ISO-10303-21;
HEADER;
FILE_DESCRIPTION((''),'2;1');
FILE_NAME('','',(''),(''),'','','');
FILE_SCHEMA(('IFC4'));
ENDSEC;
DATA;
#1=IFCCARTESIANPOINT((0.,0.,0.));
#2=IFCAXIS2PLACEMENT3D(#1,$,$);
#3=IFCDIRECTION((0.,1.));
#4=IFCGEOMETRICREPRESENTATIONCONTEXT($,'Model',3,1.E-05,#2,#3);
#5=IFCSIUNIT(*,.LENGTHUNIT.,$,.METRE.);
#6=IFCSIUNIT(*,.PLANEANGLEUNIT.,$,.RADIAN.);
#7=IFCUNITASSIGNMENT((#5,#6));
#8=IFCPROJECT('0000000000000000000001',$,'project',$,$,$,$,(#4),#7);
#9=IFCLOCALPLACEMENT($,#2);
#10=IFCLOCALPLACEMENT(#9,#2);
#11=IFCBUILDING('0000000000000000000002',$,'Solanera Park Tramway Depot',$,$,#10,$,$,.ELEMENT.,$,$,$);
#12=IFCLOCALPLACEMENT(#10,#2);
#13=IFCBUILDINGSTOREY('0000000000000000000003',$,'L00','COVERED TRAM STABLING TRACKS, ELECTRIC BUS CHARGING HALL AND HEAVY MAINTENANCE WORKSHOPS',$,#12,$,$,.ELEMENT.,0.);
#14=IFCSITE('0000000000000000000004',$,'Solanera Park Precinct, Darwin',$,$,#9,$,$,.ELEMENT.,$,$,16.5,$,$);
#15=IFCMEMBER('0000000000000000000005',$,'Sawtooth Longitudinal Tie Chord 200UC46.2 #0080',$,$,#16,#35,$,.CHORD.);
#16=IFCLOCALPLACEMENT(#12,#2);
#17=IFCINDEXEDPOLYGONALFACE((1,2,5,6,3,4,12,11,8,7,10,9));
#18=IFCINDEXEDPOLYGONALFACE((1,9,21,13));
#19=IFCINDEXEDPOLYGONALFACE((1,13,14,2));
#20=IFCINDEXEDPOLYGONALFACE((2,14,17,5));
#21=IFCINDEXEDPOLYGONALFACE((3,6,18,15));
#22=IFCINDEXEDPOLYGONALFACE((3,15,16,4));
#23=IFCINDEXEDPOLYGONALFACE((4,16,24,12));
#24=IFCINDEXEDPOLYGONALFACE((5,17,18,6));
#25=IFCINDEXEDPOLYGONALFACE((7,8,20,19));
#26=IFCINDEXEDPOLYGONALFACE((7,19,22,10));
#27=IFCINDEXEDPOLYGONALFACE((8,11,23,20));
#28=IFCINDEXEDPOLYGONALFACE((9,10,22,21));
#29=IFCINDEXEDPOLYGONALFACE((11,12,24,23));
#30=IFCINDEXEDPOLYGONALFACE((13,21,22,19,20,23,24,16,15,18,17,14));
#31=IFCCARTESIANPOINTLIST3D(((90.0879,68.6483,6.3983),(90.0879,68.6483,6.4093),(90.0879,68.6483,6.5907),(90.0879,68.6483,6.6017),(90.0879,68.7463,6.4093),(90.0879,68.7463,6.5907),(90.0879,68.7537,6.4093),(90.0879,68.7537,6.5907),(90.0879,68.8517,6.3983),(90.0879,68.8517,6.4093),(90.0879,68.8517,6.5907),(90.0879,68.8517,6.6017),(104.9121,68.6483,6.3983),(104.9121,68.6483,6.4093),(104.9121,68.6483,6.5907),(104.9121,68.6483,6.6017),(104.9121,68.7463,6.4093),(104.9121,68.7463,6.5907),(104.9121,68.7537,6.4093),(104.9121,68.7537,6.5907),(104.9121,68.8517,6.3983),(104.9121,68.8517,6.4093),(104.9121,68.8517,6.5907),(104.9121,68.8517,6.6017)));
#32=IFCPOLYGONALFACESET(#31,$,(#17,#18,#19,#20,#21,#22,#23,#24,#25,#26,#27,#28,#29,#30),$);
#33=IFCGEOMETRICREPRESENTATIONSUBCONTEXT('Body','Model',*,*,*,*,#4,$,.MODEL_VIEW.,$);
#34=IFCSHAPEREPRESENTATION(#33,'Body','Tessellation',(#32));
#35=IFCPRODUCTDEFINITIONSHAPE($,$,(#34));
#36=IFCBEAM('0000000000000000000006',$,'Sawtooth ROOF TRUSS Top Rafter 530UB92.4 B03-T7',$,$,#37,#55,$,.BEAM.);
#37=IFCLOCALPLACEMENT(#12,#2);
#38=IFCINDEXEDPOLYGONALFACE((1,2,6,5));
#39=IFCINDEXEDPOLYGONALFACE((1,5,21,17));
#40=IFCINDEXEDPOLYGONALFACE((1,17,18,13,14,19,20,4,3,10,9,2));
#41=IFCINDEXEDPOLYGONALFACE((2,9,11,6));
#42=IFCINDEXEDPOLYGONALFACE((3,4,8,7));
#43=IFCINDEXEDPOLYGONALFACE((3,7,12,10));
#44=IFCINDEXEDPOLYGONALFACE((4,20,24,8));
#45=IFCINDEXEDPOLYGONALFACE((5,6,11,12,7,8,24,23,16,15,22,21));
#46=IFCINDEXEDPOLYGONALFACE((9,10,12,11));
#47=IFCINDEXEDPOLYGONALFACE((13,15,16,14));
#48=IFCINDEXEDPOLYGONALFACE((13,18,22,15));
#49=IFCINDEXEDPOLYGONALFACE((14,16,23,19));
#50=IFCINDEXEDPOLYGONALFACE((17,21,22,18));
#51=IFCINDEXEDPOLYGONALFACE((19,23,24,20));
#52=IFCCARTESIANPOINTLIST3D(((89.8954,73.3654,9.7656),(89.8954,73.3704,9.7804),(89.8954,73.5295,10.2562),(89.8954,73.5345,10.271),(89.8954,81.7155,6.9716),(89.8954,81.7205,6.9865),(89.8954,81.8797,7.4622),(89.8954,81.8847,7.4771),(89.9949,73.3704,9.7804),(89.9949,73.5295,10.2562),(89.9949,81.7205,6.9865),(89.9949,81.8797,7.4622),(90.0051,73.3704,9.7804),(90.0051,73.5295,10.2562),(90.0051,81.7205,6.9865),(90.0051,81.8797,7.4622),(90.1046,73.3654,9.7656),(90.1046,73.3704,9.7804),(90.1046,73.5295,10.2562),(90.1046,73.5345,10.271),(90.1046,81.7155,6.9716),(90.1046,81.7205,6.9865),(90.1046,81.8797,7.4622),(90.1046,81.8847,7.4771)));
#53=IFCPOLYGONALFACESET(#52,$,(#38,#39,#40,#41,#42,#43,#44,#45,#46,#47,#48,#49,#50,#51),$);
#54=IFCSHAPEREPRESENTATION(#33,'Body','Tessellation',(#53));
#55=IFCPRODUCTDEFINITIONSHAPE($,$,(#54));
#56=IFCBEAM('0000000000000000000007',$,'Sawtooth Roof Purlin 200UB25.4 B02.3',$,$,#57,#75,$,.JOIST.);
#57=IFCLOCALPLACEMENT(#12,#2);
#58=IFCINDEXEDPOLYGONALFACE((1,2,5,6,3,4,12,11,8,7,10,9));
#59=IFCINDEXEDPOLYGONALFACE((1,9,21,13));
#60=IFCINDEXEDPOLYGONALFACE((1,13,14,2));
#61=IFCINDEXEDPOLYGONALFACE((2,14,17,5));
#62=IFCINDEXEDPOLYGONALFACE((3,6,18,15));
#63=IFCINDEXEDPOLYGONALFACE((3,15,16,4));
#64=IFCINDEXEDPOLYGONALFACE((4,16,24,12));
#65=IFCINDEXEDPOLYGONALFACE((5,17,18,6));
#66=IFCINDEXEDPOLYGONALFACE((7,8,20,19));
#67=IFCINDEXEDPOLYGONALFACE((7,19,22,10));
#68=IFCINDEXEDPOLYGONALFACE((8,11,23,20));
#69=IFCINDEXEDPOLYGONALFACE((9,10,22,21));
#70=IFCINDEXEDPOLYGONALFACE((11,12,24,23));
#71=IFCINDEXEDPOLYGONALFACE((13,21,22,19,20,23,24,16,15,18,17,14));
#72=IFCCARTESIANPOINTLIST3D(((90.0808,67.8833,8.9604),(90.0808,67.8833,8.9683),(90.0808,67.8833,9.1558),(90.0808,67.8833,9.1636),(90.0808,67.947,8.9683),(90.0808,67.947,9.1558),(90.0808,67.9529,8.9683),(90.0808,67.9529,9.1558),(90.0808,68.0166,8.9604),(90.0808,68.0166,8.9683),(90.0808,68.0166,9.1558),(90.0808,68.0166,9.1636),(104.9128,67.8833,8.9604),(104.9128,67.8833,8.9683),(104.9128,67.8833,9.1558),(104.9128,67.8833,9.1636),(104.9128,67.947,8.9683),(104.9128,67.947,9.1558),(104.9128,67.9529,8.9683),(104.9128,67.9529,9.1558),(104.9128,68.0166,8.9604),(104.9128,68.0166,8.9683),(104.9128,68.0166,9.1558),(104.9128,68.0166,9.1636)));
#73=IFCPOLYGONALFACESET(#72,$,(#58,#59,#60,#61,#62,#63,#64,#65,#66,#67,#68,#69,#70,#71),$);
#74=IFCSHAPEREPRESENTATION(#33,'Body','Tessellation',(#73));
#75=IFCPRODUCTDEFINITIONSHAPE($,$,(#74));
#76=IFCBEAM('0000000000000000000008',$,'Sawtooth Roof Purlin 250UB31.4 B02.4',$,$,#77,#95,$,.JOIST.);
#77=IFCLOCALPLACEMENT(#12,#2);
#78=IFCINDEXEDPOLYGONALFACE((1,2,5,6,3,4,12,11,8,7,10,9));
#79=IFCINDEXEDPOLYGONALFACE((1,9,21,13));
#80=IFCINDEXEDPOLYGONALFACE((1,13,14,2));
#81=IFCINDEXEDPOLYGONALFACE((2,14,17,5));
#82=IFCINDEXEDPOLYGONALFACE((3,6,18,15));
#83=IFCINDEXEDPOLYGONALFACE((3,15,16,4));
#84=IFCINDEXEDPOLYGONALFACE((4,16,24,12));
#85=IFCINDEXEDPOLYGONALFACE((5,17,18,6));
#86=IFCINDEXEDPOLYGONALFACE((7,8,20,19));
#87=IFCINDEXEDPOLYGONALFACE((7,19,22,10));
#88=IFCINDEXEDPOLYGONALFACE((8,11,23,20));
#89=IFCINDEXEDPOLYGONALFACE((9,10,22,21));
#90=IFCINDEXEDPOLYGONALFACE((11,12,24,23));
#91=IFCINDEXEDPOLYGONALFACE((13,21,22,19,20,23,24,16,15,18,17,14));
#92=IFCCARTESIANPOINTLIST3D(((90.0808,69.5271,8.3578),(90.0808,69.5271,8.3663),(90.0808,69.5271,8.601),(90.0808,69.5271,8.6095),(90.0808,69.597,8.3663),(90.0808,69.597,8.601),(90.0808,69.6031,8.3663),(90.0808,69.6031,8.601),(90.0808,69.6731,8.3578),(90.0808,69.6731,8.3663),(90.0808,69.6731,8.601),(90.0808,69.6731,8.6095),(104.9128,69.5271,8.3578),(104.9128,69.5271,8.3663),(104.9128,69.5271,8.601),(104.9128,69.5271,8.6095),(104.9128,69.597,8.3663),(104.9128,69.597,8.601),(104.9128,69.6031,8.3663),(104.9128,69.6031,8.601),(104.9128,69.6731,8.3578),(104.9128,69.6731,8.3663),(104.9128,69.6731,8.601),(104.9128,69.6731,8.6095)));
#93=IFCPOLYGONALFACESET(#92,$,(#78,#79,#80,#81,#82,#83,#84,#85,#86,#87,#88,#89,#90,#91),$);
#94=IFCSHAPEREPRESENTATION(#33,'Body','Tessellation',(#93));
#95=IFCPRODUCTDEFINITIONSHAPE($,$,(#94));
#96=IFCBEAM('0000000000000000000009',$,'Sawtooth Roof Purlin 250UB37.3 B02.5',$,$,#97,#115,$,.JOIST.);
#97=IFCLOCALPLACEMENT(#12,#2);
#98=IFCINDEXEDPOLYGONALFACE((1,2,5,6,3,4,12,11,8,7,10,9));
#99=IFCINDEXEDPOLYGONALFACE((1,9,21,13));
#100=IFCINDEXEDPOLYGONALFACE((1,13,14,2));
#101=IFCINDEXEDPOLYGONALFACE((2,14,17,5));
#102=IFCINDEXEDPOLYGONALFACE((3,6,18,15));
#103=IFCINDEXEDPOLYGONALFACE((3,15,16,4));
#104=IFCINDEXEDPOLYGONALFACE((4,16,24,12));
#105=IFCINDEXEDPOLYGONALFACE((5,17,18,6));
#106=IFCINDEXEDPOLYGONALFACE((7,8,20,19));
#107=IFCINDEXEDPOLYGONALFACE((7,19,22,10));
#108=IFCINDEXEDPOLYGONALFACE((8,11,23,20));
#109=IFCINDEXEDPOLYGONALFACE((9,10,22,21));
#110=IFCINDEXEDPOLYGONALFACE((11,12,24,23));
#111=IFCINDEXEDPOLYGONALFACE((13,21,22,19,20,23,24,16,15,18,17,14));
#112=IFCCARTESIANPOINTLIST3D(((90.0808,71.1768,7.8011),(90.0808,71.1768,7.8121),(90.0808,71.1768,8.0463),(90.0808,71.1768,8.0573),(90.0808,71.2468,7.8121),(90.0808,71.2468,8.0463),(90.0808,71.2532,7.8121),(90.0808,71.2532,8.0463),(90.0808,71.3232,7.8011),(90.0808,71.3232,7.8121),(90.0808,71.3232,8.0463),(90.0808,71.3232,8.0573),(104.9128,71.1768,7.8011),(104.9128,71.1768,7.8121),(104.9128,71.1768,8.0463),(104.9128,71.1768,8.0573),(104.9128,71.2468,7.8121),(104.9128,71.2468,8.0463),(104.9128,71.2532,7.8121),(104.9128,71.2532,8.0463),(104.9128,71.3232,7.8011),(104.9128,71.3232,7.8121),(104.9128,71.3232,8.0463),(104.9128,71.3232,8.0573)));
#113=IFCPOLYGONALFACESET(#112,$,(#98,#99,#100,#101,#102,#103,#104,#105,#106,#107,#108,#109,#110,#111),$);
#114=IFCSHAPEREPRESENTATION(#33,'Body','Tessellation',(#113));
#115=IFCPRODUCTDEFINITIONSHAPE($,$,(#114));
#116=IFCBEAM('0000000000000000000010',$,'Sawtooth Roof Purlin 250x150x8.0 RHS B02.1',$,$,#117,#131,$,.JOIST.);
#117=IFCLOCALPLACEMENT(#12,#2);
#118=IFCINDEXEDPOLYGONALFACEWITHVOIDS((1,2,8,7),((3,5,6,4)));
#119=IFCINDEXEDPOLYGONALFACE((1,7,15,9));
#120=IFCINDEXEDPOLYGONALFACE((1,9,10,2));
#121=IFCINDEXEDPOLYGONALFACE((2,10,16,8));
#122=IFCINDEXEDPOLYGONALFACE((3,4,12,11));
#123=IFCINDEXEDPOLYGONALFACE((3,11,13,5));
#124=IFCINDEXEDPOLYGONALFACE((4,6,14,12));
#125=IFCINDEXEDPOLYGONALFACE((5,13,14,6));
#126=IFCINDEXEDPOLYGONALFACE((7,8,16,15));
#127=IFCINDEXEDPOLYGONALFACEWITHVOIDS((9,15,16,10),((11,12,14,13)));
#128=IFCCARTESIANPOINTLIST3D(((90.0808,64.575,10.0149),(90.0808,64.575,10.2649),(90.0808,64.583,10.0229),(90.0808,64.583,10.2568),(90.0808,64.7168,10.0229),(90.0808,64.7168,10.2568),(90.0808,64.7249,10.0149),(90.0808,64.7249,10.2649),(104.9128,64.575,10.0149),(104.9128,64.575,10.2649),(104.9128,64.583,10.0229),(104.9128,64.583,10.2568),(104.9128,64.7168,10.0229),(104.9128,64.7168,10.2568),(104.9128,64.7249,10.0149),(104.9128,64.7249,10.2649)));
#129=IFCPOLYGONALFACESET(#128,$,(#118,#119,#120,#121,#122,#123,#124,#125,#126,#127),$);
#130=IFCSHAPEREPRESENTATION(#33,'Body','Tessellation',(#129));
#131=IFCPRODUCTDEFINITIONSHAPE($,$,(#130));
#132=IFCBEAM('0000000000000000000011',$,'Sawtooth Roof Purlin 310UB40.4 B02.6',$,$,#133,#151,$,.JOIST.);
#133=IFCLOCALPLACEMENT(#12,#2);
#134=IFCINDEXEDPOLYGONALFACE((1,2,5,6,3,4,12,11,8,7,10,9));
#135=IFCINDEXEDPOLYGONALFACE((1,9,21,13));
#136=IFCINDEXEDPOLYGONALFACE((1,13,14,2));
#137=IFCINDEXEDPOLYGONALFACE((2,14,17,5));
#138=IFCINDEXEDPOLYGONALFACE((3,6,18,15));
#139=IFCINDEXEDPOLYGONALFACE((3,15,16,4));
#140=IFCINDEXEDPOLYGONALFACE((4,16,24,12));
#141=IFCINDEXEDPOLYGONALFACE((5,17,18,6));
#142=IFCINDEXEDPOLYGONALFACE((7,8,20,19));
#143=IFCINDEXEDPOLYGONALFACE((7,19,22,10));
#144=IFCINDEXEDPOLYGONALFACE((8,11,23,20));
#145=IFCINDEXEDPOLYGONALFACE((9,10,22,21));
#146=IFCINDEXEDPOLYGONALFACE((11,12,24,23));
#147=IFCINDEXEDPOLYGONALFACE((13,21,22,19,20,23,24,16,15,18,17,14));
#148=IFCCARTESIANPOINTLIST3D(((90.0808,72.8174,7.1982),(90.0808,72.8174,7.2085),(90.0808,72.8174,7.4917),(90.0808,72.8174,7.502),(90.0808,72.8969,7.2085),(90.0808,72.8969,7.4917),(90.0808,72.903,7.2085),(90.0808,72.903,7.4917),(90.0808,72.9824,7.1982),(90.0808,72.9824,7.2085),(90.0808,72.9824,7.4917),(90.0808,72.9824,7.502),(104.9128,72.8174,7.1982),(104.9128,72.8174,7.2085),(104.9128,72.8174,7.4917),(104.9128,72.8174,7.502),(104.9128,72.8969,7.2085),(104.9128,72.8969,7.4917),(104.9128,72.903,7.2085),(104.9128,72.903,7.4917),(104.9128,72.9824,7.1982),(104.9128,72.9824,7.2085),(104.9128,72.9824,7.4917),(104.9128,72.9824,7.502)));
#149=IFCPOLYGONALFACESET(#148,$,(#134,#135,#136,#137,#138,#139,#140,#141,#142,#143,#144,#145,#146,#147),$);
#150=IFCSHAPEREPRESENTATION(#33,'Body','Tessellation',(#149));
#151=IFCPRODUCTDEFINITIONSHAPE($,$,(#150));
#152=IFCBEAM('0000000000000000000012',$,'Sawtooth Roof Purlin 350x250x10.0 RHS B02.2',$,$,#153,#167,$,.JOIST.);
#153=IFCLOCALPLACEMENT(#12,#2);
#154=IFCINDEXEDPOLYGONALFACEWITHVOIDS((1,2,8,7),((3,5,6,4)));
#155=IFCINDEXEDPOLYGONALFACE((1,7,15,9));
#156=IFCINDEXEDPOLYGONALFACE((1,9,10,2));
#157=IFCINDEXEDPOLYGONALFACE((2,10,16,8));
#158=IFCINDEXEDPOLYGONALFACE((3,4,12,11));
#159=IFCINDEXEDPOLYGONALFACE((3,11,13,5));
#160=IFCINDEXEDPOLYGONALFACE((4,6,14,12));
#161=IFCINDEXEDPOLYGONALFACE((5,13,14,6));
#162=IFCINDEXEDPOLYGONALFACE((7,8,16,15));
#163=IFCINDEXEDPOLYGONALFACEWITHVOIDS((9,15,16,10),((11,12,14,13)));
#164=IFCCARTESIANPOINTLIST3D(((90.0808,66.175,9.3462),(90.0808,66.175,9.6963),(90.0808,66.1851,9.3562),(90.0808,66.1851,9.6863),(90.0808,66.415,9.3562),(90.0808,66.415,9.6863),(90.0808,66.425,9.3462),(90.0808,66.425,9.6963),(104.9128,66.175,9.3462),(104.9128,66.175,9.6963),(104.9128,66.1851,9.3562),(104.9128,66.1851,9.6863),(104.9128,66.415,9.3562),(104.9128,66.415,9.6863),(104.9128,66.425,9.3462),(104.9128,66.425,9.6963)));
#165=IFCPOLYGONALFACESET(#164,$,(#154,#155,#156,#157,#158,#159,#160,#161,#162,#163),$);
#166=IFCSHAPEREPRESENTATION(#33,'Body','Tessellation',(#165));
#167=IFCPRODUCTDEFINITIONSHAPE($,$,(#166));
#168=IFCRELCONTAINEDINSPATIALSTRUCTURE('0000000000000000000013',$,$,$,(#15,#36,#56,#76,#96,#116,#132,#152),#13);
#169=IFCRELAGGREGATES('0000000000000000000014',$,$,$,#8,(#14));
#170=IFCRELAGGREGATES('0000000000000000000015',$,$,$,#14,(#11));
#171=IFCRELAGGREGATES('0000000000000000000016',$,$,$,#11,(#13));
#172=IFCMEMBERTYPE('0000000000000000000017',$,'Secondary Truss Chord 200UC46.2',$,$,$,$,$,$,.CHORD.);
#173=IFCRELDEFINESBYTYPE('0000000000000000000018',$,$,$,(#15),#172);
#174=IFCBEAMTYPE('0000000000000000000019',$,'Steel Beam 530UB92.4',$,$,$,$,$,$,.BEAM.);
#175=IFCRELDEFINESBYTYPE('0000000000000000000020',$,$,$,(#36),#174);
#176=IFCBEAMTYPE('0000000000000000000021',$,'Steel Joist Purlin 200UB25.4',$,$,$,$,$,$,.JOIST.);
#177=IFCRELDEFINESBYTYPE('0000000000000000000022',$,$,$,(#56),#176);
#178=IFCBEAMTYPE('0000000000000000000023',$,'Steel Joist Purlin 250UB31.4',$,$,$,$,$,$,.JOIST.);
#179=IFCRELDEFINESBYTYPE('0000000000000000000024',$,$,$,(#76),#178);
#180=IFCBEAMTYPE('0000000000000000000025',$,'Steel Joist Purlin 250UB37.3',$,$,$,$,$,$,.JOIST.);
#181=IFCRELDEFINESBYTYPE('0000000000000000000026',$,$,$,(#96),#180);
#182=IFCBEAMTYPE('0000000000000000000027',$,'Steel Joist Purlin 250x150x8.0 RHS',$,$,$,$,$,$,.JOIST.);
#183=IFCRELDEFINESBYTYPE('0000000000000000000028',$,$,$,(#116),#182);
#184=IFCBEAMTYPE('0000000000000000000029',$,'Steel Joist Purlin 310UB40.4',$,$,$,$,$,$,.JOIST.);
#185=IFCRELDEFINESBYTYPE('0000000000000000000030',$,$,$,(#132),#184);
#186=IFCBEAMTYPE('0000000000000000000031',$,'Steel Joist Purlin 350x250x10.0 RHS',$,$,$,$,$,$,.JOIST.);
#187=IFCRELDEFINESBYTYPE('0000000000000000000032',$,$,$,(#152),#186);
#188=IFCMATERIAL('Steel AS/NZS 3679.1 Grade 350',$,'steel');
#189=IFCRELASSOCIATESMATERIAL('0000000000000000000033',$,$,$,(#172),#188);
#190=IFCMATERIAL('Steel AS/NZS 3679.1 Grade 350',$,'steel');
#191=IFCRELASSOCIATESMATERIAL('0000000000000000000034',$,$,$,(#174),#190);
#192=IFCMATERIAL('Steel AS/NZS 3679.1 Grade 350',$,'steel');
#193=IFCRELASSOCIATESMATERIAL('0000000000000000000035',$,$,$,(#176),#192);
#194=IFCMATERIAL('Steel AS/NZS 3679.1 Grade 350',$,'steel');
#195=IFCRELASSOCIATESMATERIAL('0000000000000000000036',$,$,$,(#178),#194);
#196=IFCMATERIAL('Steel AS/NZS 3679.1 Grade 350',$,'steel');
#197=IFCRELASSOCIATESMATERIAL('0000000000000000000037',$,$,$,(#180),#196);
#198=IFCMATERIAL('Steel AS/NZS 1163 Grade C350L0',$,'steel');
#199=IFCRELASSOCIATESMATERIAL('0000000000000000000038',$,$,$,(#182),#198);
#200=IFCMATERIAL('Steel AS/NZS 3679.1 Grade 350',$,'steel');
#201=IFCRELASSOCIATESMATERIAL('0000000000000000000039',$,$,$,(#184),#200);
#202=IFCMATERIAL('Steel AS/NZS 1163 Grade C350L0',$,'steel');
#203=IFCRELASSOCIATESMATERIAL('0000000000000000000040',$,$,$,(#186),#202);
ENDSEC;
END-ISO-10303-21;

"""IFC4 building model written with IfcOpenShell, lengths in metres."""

from ifc_helpers import new_model, si_unit, direction, frame, origin, origin_2d, place, context, subcontext, project, spatial, hollow_rectangle, i_section, extrude, material, material_profile, profile_set, type_object, element, save


model = new_model("IFC4")

# Units and contexts
model_context = context("Model", 3, precision=1e-05, world=origin(), true_north=direction((0.0, 1.0)))
body_context = subcontext(model_context, "Body", "Model", "MODEL_VIEW")
ifc_project = project(units=[si_unit("LENGTHUNIT", "METRE"), si_unit("PLANEANGLEUNIT", "RADIAN")], contexts=[model_context])

# Site, building, storey
site_placement = place(None, origin())
site = spatial("IfcSite", under=ifc_project, at=site_placement, Name="Solanera Park Precinct, Darwin", CompositionType="ELEMENT", RefElevation=16.5)
building_placement = place(site_placement, origin())
building = spatial("IfcBuilding", under=site, at=building_placement, Name="Solanera Park Tramway Depot", CompositionType="ELEMENT")
storey_placement = place(building_placement, origin())
storey = spatial("IfcBuildingStorey", under=building, at=storey_placement, Name="L00", Description="COVERED TRAM STABLING TRACKS, ELECTRIC BUS CHARGING HALL AND HEAVY MAINTENANCE WORKSHOPS", CompositionType="ELEMENT", Elevation=0.0)

# Member
ifc_material_1 = material(Name="Steel AS/NZS 3679.1 Grade 350", Category="steel")
ifc_material_profile_1 = material_profile(ifc_material_1, i_section(OverallWidth=0.2034, OverallDepth=0.2034, WebThickness=0.0073, FlangeThickness=0.011, at=origin_2d()), Name="200UC46.2")
ifc_profile_set_1 = profile_set([ifc_material_profile_1], Name="Steel AS/NZS 3679.1 Grade 350")
member_type_1 = type_object("IfcMemberType", Name="Secondary Truss Chord 200UC46.2", PredefinedType="CHORD", material=ifc_profile_set_1)
member_1_placement = place(storey_placement, frame((90.0879, 68.75, 6.5), z_axis=(1.0, 0.0, 0.0), x_axis=(0.0, 1.0, 0.0)))
element("IfcMember", 1, at=member_1_placement, inside=storey, type_object=member_type_1, Name="Sawtooth Longitudinal Tie Chord 200UC46.2 #0080", PredefinedType="CHORD", context=body_context, shape_type="SweptSolid", body=[
    extrude(i_section(OverallWidth=0.2034, OverallDepth=0.2034, WebThickness=0.0073, FlangeThickness=0.011, at=origin_2d()), origin(), (0.0, 0.0, 1.0), 14.8242),
])

# Beams
ifc_material_2 = material(Name="Steel AS/NZS 3679.1 Grade 350", Category="steel")
ifc_material_profile_2 = material_profile(ifc_material_2, i_section(OverallWidth=0.2092, OverallDepth=0.533, WebThickness=0.0103, FlangeThickness=0.0156, at=origin_2d()), Name="530UB92.4")
ifc_profile_set_2 = profile_set([ifc_material_profile_2], Name="Steel AS/NZS 3679.1 Grade 350")
beam_type_1 = type_object("IfcBeamType", Name="Steel Beam 530UB92.4", PredefinedType="BEAM", material=ifc_profile_set_2)
beam_1_placement = place(storey_placement, frame((90.0, 73.45, 10.0183), z_axis=(0.0, 0.948322, -0.317309), x_axis=(-1.0, 0.0, 0.0)))
element("IfcBeam", 2, at=beam_1_placement, inside=storey, type_object=beam_type_1, Name="Sawtooth ROOF TRUSS Top Rafter 530UB92.4 B03-T7", PredefinedType="BEAM", context=body_context, shape_type="SweptSolid", body=[
    extrude(i_section(OverallWidth=0.2092, OverallDepth=0.533, WebThickness=0.0103, FlangeThickness=0.0156, at=origin_2d()), origin(), (0.0, 0.0, 1.0), 8.8052),
])
ifc_material_3 = material(Name="Steel AS/NZS 3679.1 Grade 350", Category="steel")
ifc_material_profile_3 = material_profile(ifc_material_3, i_section(OverallWidth=0.1333, OverallDepth=0.2031, WebThickness=0.0059, FlangeThickness=0.0078, at=origin_2d()), Name="200UB25.4")
ifc_profile_set_3 = profile_set([ifc_material_profile_3], Name="Steel AS/NZS 3679.1 Grade 350")
beam_type_2 = type_object("IfcBeamType", Name="Steel Joist Purlin 200UB25.4", PredefinedType="JOIST", material=ifc_profile_set_3)
beam_2_placement = place(storey_placement, frame((90.0808, 67.95, 9.062), z_axis=(1.0, 0.0, 0.0), x_axis=(0.0, 1.0, 0.0)))
element("IfcBeam", 3, at=beam_2_placement, inside=storey, type_object=beam_type_2, Name="Sawtooth Roof Purlin 200UB25.4 B02.3", PredefinedType="JOIST", context=body_context, shape_type="SweptSolid", body=[
    extrude(i_section(OverallWidth=0.1333, OverallDepth=0.2031, WebThickness=0.0059, FlangeThickness=0.0078, at=origin_2d()), origin(), (0.0, 0.0, 1.0), 14.832),
])
ifc_material_4 = material(Name="Steel AS/NZS 3679.1 Grade 350", Category="steel")
ifc_material_profile_4 = material_profile(ifc_material_4, i_section(OverallWidth=0.146, OverallDepth=0.2517, WebThickness=0.0061, FlangeThickness=0.0085, at=origin_2d()), Name="250UB31.4")
ifc_profile_set_4 = profile_set([ifc_material_profile_4], Name="Steel AS/NZS 3679.1 Grade 350")
beam_type_3 = type_object("IfcBeamType", Name="Steel Joist Purlin 250UB31.4", PredefinedType="JOIST", material=ifc_profile_set_4)
beam_3_placement = place(storey_placement, frame((90.0808, 69.6001, 8.4836), z_axis=(1.0, 0.0, 0.0), x_axis=(0.0, 1.0, 0.0)))
element("IfcBeam", 4, at=beam_3_placement, inside=storey, type_object=beam_type_3, Name="Sawtooth Roof Purlin 250UB31.4 B02.4", PredefinedType="JOIST", context=body_context, shape_type="SweptSolid", body=[
    extrude(i_section(OverallWidth=0.146, OverallDepth=0.2517, WebThickness=0.0061, FlangeThickness=0.0085, at=origin_2d()), origin(), (0.0, 0.0, 1.0), 14.832),
])
ifc_material_5 = material(Name="Steel AS/NZS 3679.1 Grade 350", Category="steel")
ifc_material_profile_5 = material_profile(ifc_material_5, i_section(OverallWidth=0.1465, OverallDepth=0.2561, WebThickness=0.0063, FlangeThickness=0.011, at=origin_2d()), Name="250UB37.3")
ifc_profile_set_5 = profile_set([ifc_material_profile_5], Name="Steel AS/NZS 3679.1 Grade 350")
beam_type_4 = type_object("IfcBeamType", Name="Steel Joist Purlin 250UB37.3", PredefinedType="JOIST", material=ifc_profile_set_5)
beam_4_placement = place(storey_placement, frame((90.0808, 71.25, 7.9292), z_axis=(1.0, 0.0, 0.0), x_axis=(0.0, 1.0, 0.0)))
element("IfcBeam", 5, at=beam_4_placement, inside=storey, type_object=beam_type_4, Name="Sawtooth Roof Purlin 250UB37.3 B02.5", PredefinedType="JOIST", context=body_context, shape_type="SweptSolid", body=[
    extrude(i_section(OverallWidth=0.1465, OverallDepth=0.2561, WebThickness=0.0063, FlangeThickness=0.011, at=origin_2d()), origin(), (0.0, 0.0, 1.0), 14.832),
])
ifc_material_6 = material(Name="Steel AS/NZS 1163 Grade C350L0", Category="steel")
ifc_material_profile_6 = material_profile(ifc_material_6, hollow_rectangle(XDim=0.1499, YDim=0.25, WallThickness=0.0081, at=origin_2d()), Name="250x150x8.0 RHS")
ifc_profile_set_6 = profile_set([ifc_material_profile_6], Name="Steel AS/NZS 1163 Grade C350L0")
beam_type_5 = type_object("IfcBeamType", Name="Steel Joist Purlin 250x150x8.0 RHS", PredefinedType="JOIST", material=ifc_profile_set_6)
beam_5_placement = place(storey_placement, frame((90.0808, 64.6499, 10.1399), z_axis=(1.0, 0.0, 0.0), x_axis=(0.0, 1.0, 0.0)))
element("IfcBeam", 6, at=beam_5_placement, inside=storey, type_object=beam_type_5, Name="Sawtooth Roof Purlin 250x150x8.0 RHS B02.1", PredefinedType="JOIST", context=body_context, shape_type="SweptSolid", body=[
    extrude(hollow_rectangle(XDim=0.1499, YDim=0.25, WallThickness=0.0081, at=origin_2d()), origin(), (0.0, 0.0, 1.0), 14.832),
])
ifc_material_7 = material(Name="Steel AS/NZS 3679.1 Grade 350", Category="steel")
ifc_material_profile_7 = material_profile(ifc_material_7, i_section(OverallWidth=0.165, OverallDepth=0.3037, WebThickness=0.0061, FlangeThickness=0.0103, at=origin_2d()), Name="310UB40.4")
ifc_profile_set_7 = profile_set([ifc_material_profile_7], Name="Steel AS/NZS 3679.1 Grade 350")
beam_type_6 = type_object("IfcBeamType", Name="Steel Joist Purlin 310UB40.4", PredefinedType="JOIST", material=ifc_profile_set_7)
beam_6_placement = place(storey_placement, frame((90.0808, 72.8999, 7.3501), z_axis=(1.0, 0.0, 0.0), x_axis=(0.0, 1.0, 0.0)))
element("IfcBeam", 7, at=beam_6_placement, inside=storey, type_object=beam_type_6, Name="Sawtooth Roof Purlin 310UB40.4 B02.6", PredefinedType="JOIST", context=body_context, shape_type="SweptSolid", body=[
    extrude(i_section(OverallWidth=0.165, OverallDepth=0.3037, WebThickness=0.0061, FlangeThickness=0.0103, at=origin_2d()), origin(), (0.0, 0.0, 1.0), 14.832),
])
ifc_material_8 = material(Name="Steel AS/NZS 1163 Grade C350L0", Category="steel")
ifc_material_profile_8 = material_profile(ifc_material_8, hollow_rectangle(XDim=0.25, YDim=0.3501, WallThickness=0.01, at=origin_2d()), Name="350x250x10.0 RHS")
ifc_profile_set_8 = profile_set([ifc_material_profile_8], Name="Steel AS/NZS 1163 Grade C350L0")
beam_type_7 = type_object("IfcBeamType", Name="Steel Joist Purlin 350x250x10.0 RHS", PredefinedType="JOIST", material=ifc_profile_set_8)
beam_7_placement = place(storey_placement, frame((90.0808, 66.3, 9.5212), z_axis=(1.0, 0.0, 0.0), x_axis=(0.0, 1.0, 0.0)))
element("IfcBeam", 8, at=beam_7_placement, inside=storey, type_object=beam_type_7, Name="Sawtooth Roof Purlin 350x250x10.0 RHS B02.2", PredefinedType="JOIST", context=body_context, shape_type="SweptSolid", body=[
    extrude(hollow_rectangle(XDim=0.25, YDim=0.3501, WallThickness=0.01, at=origin_2d()), origin(), (0.0, 0.0, 1.0), 14.832),
])

save(model, "model.ifc")
